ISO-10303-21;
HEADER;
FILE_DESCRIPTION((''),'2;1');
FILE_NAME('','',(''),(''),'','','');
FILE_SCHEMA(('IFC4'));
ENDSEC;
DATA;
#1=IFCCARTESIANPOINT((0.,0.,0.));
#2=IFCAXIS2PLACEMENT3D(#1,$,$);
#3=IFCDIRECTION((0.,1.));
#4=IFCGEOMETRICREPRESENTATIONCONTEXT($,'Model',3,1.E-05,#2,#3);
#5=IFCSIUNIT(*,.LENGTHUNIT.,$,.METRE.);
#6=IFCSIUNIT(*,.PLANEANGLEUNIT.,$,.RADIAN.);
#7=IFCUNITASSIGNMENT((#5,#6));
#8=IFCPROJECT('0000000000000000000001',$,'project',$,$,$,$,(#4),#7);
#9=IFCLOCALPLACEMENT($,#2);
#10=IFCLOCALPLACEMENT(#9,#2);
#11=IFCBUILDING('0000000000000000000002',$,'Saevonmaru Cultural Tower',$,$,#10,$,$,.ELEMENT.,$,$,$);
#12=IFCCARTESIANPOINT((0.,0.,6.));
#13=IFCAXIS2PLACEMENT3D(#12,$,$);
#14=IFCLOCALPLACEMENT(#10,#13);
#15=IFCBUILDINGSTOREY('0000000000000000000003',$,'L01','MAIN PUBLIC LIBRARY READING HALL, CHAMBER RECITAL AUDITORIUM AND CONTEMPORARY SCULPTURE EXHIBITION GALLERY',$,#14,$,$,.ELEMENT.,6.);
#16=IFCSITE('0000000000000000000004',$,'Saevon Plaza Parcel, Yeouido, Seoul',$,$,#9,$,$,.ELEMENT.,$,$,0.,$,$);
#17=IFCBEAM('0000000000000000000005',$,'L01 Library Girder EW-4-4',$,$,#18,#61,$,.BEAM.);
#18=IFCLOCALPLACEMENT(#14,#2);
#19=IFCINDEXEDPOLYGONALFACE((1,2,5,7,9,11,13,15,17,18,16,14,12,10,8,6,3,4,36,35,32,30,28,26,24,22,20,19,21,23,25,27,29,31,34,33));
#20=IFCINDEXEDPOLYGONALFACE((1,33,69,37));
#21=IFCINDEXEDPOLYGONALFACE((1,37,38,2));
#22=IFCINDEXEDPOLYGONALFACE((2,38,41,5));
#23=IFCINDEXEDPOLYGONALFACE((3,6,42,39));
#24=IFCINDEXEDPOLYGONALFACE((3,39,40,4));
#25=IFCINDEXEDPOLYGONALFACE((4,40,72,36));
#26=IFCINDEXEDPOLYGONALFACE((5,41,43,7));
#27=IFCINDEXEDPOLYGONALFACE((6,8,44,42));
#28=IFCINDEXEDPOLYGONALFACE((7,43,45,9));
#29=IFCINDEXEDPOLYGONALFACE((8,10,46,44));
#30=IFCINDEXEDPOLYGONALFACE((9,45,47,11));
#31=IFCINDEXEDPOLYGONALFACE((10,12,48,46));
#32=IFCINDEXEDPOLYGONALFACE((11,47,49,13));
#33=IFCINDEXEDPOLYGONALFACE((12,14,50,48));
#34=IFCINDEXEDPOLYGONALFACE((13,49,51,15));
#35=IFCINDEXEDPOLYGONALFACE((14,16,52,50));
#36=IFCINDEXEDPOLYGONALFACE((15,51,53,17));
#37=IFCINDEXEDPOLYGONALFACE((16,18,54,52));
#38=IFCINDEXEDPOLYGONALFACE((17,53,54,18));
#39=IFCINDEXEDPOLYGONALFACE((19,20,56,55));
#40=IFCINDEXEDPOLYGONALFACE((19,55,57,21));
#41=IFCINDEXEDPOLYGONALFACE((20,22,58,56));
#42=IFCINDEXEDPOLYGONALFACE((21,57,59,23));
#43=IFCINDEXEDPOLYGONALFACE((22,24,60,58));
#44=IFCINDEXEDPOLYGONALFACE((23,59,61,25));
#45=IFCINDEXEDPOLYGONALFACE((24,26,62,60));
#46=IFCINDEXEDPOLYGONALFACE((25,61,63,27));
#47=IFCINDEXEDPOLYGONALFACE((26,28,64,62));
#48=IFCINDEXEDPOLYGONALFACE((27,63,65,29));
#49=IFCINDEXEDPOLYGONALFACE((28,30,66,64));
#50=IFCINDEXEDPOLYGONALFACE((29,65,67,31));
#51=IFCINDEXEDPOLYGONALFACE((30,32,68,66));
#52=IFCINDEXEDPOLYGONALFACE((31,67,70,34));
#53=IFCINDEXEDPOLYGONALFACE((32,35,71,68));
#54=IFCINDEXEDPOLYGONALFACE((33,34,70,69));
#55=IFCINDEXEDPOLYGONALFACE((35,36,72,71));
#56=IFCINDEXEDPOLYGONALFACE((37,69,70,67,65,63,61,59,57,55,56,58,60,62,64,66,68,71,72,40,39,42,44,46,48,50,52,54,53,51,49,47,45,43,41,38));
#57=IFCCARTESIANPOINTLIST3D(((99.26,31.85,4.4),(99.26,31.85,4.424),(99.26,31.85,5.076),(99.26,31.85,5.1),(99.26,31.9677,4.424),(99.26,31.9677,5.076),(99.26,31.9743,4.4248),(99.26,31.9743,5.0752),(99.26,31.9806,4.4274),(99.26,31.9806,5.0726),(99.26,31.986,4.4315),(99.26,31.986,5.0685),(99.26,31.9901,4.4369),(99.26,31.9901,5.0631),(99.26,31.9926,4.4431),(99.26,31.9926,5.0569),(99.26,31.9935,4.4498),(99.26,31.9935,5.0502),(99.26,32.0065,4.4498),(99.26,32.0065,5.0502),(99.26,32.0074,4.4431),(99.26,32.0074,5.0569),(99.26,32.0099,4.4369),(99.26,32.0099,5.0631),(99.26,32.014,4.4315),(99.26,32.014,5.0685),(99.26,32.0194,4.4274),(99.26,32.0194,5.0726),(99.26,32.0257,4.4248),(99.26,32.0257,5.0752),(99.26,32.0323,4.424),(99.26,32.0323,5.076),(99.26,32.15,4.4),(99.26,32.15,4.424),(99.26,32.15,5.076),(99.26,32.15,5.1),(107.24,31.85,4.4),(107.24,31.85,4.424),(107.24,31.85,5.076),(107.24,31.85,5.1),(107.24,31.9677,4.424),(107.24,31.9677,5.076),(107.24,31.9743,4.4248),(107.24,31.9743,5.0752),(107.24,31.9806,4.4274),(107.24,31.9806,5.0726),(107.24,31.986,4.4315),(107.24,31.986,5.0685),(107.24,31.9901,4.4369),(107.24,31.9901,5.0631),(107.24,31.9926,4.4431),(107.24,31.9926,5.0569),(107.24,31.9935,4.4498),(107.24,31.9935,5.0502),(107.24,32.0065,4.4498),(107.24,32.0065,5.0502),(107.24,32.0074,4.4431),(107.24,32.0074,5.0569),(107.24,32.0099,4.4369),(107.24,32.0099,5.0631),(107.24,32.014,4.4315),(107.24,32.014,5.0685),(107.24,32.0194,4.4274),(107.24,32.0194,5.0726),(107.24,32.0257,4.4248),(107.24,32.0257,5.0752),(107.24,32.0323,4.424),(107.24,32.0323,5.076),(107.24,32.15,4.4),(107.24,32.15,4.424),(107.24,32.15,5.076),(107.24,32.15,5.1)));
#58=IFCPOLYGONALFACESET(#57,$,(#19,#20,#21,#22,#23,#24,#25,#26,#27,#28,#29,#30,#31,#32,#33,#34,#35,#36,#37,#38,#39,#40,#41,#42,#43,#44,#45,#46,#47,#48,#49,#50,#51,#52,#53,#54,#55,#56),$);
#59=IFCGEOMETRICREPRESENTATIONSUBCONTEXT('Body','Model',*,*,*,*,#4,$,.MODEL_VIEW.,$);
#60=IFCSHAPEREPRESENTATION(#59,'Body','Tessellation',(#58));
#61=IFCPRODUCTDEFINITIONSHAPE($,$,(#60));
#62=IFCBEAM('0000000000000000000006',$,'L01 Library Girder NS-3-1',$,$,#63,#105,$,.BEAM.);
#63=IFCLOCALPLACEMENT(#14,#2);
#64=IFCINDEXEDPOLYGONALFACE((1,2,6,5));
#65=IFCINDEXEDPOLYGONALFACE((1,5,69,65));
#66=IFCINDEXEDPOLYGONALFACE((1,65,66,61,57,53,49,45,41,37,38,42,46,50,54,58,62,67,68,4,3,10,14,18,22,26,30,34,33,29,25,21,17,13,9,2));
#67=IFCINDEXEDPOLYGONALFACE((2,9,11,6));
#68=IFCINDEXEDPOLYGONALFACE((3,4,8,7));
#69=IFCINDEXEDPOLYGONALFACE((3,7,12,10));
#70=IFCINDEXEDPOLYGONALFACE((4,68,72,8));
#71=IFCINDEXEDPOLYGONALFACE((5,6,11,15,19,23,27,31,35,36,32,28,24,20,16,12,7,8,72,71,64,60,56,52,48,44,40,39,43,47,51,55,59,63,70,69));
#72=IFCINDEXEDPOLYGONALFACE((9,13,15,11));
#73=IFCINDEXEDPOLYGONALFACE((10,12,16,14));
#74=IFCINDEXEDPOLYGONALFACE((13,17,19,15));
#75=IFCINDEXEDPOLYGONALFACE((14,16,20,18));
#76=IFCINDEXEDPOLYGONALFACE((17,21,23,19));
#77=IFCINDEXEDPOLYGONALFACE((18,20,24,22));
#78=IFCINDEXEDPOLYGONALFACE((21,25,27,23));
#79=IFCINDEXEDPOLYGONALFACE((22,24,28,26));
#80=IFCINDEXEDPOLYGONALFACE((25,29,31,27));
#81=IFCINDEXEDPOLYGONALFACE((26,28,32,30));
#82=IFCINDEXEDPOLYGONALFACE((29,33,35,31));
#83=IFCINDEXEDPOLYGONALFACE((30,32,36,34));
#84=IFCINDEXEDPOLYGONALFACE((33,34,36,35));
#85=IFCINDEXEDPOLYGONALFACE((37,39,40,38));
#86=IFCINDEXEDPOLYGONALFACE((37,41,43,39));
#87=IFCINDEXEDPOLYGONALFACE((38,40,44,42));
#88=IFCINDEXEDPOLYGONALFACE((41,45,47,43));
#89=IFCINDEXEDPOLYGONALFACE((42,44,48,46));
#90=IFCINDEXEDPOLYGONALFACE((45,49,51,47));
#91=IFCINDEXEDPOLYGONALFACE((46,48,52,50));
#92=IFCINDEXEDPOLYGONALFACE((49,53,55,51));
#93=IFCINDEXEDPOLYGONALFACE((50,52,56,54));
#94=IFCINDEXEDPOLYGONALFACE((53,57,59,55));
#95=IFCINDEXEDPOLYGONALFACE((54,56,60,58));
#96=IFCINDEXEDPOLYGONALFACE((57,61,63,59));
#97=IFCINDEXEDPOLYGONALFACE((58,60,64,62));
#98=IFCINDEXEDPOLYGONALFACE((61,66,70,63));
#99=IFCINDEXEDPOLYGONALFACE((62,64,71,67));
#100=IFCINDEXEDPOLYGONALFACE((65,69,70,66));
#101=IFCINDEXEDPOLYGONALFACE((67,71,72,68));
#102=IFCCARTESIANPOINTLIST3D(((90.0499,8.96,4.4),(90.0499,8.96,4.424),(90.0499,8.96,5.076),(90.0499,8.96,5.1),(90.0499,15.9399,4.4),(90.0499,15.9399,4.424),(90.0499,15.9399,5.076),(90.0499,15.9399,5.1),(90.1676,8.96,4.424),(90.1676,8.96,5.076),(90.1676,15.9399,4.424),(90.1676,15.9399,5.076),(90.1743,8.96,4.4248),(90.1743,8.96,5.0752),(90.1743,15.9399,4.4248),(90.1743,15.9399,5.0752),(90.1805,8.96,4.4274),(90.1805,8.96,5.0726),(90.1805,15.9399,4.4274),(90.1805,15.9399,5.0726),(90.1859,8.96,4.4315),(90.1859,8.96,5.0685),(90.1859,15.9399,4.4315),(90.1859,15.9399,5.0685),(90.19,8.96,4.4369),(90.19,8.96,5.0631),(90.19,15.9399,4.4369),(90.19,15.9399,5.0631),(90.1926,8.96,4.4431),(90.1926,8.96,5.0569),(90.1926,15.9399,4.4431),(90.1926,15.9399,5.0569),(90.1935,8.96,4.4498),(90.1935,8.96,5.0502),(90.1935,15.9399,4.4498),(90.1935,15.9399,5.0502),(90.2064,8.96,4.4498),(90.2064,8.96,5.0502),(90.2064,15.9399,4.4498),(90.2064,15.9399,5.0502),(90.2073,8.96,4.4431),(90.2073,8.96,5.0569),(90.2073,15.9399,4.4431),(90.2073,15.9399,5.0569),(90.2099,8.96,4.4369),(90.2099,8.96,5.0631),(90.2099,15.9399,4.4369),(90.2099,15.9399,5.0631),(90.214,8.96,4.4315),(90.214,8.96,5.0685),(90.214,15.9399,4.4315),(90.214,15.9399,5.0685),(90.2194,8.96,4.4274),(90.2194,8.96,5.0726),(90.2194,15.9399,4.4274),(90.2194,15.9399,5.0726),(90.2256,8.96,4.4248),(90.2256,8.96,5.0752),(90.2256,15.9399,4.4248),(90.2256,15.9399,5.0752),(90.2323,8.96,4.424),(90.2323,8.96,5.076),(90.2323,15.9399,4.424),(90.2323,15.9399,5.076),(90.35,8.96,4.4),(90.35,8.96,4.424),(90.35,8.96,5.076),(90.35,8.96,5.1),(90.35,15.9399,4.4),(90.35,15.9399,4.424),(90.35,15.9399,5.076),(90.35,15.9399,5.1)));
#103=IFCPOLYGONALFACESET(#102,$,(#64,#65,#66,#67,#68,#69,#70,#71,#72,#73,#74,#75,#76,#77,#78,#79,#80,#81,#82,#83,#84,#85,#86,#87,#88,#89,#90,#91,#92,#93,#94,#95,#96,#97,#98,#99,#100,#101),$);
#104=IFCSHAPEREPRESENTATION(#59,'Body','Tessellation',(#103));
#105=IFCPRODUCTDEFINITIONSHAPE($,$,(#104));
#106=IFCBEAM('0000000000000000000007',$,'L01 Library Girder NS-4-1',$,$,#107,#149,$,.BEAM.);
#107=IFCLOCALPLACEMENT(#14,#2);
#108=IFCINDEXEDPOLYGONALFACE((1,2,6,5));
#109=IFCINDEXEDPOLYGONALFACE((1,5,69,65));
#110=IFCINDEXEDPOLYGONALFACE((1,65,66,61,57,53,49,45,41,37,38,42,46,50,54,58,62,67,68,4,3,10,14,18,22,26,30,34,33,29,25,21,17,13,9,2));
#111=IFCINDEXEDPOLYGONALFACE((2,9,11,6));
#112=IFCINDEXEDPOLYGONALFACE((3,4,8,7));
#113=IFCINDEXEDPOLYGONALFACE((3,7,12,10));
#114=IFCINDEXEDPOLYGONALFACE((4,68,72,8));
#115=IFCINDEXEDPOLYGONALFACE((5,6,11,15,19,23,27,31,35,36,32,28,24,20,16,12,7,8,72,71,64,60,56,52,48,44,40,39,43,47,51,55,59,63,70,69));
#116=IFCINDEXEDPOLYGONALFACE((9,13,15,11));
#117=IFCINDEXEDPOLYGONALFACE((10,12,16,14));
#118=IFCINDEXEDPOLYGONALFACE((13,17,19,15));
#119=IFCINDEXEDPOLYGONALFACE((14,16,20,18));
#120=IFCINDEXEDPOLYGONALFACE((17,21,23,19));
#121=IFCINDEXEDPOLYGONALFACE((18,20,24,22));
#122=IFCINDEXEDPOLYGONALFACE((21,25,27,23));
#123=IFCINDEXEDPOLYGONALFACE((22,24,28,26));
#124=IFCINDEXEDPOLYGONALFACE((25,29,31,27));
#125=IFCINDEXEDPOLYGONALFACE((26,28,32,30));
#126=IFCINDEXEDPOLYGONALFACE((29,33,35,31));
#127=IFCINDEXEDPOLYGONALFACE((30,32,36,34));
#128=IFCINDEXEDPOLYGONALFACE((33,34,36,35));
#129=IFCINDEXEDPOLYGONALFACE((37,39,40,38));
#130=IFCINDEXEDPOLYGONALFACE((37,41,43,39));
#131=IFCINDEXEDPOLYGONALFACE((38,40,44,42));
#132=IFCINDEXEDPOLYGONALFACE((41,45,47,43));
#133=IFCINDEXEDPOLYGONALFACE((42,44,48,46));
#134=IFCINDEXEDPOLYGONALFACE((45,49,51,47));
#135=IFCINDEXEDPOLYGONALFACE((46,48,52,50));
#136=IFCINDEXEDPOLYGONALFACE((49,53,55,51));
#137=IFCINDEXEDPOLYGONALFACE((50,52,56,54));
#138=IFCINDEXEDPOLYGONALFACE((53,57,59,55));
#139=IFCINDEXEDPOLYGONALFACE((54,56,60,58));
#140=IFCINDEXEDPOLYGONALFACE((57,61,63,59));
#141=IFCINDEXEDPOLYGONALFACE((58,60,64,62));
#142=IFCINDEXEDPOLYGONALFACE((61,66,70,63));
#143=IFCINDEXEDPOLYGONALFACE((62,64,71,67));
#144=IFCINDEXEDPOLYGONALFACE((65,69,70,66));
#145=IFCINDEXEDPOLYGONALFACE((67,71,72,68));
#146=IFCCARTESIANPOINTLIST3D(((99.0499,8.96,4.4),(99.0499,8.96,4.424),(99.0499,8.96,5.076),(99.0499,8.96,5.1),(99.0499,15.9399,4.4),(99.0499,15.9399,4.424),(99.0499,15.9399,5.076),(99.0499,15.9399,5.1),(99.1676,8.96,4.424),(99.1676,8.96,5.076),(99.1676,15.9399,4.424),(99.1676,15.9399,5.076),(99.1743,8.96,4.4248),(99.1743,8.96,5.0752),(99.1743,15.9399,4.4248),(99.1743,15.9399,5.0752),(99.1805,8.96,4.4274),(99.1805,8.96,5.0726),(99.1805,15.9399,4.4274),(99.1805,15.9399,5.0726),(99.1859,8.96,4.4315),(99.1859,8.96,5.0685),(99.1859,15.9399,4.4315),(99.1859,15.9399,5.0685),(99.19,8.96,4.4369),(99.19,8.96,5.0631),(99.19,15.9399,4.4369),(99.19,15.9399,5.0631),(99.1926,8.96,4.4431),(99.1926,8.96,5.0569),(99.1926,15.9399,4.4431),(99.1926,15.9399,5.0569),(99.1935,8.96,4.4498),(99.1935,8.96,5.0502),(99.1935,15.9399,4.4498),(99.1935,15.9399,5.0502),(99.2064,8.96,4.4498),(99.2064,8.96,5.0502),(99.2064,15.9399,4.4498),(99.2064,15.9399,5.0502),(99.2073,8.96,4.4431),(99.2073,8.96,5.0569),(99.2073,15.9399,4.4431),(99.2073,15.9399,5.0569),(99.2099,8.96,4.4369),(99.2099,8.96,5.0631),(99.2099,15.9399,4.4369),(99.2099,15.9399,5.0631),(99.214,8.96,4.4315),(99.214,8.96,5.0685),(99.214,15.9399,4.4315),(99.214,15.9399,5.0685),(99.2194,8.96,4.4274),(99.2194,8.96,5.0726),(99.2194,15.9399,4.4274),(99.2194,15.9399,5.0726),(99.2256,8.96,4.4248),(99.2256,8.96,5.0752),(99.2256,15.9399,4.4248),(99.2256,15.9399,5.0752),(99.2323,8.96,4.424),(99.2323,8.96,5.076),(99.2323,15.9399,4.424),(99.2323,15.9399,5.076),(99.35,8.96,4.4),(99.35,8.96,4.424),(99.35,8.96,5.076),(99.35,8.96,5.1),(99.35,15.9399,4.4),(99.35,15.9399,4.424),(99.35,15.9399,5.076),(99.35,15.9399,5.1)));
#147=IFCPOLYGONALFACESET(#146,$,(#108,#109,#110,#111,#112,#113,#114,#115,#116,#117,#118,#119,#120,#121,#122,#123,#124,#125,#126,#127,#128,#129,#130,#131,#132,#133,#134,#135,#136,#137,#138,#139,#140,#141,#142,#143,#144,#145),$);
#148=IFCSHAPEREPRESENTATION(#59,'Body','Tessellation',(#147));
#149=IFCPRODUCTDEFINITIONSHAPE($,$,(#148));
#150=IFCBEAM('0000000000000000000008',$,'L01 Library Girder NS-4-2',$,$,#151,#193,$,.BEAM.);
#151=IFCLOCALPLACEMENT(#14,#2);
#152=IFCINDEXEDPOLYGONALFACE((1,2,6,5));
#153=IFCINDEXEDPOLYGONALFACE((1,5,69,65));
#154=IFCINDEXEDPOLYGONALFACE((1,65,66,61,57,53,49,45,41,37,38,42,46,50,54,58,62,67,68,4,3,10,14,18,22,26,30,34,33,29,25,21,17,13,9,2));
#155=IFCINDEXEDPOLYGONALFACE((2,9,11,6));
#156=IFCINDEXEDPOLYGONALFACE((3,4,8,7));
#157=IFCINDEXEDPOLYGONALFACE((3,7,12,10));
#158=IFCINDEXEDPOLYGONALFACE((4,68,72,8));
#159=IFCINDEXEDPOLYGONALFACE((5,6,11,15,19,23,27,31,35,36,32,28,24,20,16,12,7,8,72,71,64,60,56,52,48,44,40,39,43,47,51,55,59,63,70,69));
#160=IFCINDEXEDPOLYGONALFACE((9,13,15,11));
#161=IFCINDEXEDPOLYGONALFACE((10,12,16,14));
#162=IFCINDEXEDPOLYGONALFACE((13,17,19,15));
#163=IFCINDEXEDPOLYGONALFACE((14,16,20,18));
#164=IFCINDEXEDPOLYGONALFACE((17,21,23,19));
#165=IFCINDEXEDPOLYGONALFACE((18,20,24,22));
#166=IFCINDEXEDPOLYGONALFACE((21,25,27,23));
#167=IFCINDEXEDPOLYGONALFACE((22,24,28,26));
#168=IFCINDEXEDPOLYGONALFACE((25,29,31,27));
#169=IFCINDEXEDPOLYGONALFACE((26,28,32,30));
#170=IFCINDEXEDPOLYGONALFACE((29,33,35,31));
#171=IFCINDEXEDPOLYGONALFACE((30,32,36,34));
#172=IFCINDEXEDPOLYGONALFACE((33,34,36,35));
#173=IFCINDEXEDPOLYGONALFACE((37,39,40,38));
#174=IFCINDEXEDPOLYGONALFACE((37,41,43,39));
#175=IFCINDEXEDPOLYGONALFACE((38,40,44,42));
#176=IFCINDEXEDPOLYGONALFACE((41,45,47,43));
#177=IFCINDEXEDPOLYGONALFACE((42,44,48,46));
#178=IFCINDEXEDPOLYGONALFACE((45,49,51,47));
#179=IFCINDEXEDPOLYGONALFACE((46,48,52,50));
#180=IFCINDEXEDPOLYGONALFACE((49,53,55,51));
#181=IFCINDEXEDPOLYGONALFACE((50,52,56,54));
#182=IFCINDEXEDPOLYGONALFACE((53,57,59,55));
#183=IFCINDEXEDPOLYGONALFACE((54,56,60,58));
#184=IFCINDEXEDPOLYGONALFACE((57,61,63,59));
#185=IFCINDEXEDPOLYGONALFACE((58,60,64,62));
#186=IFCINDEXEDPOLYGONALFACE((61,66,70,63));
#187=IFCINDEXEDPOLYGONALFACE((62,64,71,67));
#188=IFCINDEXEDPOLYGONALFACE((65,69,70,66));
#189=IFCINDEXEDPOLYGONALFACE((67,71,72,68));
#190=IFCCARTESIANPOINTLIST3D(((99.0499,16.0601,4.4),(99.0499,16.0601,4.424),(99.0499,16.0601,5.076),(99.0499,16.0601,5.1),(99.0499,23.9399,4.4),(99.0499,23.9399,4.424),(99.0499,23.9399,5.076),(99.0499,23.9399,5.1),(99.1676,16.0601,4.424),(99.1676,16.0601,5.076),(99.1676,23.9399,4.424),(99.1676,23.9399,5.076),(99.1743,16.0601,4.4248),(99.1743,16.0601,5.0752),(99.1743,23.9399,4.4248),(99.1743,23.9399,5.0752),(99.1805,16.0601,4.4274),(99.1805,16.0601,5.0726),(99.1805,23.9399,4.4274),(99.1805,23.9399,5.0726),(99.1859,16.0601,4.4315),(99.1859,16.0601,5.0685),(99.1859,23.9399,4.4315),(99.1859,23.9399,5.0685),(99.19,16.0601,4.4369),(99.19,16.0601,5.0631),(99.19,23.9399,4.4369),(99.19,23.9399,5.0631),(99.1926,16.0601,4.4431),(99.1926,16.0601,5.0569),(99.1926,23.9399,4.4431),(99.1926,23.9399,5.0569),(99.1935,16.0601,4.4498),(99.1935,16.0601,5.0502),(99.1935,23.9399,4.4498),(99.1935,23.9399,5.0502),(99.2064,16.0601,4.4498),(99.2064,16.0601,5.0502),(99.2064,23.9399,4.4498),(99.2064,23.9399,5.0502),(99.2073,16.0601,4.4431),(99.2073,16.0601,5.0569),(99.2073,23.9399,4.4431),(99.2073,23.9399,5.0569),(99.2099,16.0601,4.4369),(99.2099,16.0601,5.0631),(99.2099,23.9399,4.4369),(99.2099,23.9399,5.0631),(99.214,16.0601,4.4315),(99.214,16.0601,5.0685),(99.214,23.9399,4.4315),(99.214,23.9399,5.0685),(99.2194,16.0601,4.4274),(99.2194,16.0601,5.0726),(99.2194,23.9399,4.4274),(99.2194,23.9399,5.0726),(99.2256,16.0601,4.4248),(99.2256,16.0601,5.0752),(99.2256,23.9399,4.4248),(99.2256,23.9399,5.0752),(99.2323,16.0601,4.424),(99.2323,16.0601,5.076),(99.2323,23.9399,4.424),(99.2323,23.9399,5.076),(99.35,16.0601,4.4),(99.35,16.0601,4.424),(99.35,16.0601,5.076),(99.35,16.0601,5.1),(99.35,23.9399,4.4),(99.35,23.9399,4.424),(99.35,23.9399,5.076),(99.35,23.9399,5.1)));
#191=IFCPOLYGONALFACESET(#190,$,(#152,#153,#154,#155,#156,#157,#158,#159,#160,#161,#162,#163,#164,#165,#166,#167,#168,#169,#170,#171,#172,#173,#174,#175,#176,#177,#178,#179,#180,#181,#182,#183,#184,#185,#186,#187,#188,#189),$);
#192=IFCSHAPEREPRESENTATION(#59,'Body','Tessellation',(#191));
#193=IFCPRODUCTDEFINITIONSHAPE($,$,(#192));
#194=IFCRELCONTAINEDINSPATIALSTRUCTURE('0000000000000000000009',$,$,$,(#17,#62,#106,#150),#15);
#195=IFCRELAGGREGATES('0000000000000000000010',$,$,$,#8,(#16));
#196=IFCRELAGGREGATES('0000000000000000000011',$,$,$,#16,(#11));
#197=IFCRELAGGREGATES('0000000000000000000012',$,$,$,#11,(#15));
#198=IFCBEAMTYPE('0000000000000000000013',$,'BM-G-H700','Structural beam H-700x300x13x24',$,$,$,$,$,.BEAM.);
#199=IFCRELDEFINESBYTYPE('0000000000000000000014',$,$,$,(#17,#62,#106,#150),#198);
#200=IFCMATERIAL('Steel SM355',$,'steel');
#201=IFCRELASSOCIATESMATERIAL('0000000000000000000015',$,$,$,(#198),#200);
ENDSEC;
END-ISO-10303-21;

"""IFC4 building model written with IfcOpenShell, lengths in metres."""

from ifc_helpers import new_model, si_unit, direction, frame, origin, origin_2d, place, context, subcontext, project, spatial, i_section, extrude, material, material_profile, profile_set, type_object, element, save


model = new_model("IFC4")

# Units and contexts
model_context = context("Model", 3, precision=1e-05, world=origin(), true_north=direction((0.0, 1.0)))
body_context = subcontext(model_context, "Body", "Model", "MODEL_VIEW")
ifc_project = project(units=[si_unit("LENGTHUNIT", "METRE"), si_unit("PLANEANGLEUNIT", "RADIAN")], contexts=[model_context])

# Site, building, storey
site_placement = place(None, origin())
site = spatial("IfcSite", under=ifc_project, at=site_placement, Name="Saevon Plaza Parcel, Yeouido, Seoul", CompositionType="ELEMENT", RefElevation=0.0)
building_placement = place(site_placement, origin())
building = spatial("IfcBuilding", under=site, at=building_placement, Name="Saevonmaru Cultural Tower", CompositionType="ELEMENT")
storey_placement = place(building_placement, frame((0.0, 0.0, 6.0)))
storey = spatial("IfcBuildingStorey", under=building, at=storey_placement, Name="L01", Description="MAIN PUBLIC LIBRARY READING HALL, CHAMBER RECITAL AUDITORIUM AND CONTEMPORARY SCULPTURE EXHIBITION GALLERY", CompositionType="ELEMENT", Elevation=6.0)

# Shared definitions
ifc_material_1 = material(Name="Steel SM355", Category="steel")

# Beams
ifc_material_profile_1 = material_profile(ifc_material_1, i_section(OverallWidth=0.3, OverallDepth=0.7, WebThickness=0.0129, FlangeThickness=0.0239, FilletRadius=0.0259, at=origin_2d()), Name="H-700x300x13x24")
ifc_profile_set_1 = profile_set([ifc_material_profile_1], Name="Steel SM355")
beam_type_1 = type_object("IfcBeamType", Name="BM-G-H700", Description="Structural beam H-700x300x13x24", PredefinedType="BEAM", material=ifc_profile_set_1)
beam_1_placement = place(storey_placement, frame((99.26, 32.0, 4.75), z_axis=(1.0, 0.0, 0.0), x_axis=(0.0, 1.0, 0.0)))
element("IfcBeam", 1, at=beam_1_placement, inside=storey, type_object=beam_type_1, Name="L01 Library Girder EW-4-4", PredefinedType="BEAM", context=body_context, shape_type="SweptSolid", body=[
    extrude(i_section(OverallWidth=0.3, OverallDepth=0.7, WebThickness=0.0129, FlangeThickness=0.0239, FilletRadius=0.0259, at=origin_2d()), origin(), (0.0, 0.0, 1.0), 7.98),
])
for number, where, z_axis, x_axis, name in (
    (2, (90.2, 8.96, 4.75), (0.0, 1.0, 0.0), (-1.0, 0.0, 0.0), "L01 Library Girder NS-3-1"),
    (3, (99.2, 8.96, 4.75), (0.0, 1.0, 0.0), (-1.0, 0.0, 0.0), "L01 Library Girder NS-4-1"),
):
    element("IfcBeam", number, at=place(storey_placement, frame(where, z_axis=z_axis, x_axis=x_axis)), inside=storey, type_object=beam_type_1, Name=name, PredefinedType="BEAM", context=body_context, shape_type="SweptSolid", body=[
        extrude(i_section(OverallWidth=0.3, OverallDepth=0.7, WebThickness=0.0129, FlangeThickness=0.0239, FilletRadius=0.0259, at=origin_2d()), origin(), (0.0, 0.0, 1.0), 6.98),
    ])
for number, where, z_axis, x_axis, name in (
    (4, (99.2, 16.0601, 4.75), (0.0, 1.0, 0.0), (-1.0, 0.0, 0.0), "L01 Library Girder NS-4-2"),
):
    element("IfcBeam", number, at=place(storey_placement, frame(where, z_axis=z_axis, x_axis=x_axis)), inside=storey, type_object=beam_type_1, Name=name, PredefinedType="BEAM", context=body_context, shape_type="SweptSolid", body=[
        extrude(i_section(OverallWidth=0.3, OverallDepth=0.7, WebThickness=0.0129, FlangeThickness=0.0239, FilletRadius=0.0259, at=origin_2d()), origin(), (0.0, 0.0, 1.0), 7.8799),
    ])

save(model, "model.ifc")
